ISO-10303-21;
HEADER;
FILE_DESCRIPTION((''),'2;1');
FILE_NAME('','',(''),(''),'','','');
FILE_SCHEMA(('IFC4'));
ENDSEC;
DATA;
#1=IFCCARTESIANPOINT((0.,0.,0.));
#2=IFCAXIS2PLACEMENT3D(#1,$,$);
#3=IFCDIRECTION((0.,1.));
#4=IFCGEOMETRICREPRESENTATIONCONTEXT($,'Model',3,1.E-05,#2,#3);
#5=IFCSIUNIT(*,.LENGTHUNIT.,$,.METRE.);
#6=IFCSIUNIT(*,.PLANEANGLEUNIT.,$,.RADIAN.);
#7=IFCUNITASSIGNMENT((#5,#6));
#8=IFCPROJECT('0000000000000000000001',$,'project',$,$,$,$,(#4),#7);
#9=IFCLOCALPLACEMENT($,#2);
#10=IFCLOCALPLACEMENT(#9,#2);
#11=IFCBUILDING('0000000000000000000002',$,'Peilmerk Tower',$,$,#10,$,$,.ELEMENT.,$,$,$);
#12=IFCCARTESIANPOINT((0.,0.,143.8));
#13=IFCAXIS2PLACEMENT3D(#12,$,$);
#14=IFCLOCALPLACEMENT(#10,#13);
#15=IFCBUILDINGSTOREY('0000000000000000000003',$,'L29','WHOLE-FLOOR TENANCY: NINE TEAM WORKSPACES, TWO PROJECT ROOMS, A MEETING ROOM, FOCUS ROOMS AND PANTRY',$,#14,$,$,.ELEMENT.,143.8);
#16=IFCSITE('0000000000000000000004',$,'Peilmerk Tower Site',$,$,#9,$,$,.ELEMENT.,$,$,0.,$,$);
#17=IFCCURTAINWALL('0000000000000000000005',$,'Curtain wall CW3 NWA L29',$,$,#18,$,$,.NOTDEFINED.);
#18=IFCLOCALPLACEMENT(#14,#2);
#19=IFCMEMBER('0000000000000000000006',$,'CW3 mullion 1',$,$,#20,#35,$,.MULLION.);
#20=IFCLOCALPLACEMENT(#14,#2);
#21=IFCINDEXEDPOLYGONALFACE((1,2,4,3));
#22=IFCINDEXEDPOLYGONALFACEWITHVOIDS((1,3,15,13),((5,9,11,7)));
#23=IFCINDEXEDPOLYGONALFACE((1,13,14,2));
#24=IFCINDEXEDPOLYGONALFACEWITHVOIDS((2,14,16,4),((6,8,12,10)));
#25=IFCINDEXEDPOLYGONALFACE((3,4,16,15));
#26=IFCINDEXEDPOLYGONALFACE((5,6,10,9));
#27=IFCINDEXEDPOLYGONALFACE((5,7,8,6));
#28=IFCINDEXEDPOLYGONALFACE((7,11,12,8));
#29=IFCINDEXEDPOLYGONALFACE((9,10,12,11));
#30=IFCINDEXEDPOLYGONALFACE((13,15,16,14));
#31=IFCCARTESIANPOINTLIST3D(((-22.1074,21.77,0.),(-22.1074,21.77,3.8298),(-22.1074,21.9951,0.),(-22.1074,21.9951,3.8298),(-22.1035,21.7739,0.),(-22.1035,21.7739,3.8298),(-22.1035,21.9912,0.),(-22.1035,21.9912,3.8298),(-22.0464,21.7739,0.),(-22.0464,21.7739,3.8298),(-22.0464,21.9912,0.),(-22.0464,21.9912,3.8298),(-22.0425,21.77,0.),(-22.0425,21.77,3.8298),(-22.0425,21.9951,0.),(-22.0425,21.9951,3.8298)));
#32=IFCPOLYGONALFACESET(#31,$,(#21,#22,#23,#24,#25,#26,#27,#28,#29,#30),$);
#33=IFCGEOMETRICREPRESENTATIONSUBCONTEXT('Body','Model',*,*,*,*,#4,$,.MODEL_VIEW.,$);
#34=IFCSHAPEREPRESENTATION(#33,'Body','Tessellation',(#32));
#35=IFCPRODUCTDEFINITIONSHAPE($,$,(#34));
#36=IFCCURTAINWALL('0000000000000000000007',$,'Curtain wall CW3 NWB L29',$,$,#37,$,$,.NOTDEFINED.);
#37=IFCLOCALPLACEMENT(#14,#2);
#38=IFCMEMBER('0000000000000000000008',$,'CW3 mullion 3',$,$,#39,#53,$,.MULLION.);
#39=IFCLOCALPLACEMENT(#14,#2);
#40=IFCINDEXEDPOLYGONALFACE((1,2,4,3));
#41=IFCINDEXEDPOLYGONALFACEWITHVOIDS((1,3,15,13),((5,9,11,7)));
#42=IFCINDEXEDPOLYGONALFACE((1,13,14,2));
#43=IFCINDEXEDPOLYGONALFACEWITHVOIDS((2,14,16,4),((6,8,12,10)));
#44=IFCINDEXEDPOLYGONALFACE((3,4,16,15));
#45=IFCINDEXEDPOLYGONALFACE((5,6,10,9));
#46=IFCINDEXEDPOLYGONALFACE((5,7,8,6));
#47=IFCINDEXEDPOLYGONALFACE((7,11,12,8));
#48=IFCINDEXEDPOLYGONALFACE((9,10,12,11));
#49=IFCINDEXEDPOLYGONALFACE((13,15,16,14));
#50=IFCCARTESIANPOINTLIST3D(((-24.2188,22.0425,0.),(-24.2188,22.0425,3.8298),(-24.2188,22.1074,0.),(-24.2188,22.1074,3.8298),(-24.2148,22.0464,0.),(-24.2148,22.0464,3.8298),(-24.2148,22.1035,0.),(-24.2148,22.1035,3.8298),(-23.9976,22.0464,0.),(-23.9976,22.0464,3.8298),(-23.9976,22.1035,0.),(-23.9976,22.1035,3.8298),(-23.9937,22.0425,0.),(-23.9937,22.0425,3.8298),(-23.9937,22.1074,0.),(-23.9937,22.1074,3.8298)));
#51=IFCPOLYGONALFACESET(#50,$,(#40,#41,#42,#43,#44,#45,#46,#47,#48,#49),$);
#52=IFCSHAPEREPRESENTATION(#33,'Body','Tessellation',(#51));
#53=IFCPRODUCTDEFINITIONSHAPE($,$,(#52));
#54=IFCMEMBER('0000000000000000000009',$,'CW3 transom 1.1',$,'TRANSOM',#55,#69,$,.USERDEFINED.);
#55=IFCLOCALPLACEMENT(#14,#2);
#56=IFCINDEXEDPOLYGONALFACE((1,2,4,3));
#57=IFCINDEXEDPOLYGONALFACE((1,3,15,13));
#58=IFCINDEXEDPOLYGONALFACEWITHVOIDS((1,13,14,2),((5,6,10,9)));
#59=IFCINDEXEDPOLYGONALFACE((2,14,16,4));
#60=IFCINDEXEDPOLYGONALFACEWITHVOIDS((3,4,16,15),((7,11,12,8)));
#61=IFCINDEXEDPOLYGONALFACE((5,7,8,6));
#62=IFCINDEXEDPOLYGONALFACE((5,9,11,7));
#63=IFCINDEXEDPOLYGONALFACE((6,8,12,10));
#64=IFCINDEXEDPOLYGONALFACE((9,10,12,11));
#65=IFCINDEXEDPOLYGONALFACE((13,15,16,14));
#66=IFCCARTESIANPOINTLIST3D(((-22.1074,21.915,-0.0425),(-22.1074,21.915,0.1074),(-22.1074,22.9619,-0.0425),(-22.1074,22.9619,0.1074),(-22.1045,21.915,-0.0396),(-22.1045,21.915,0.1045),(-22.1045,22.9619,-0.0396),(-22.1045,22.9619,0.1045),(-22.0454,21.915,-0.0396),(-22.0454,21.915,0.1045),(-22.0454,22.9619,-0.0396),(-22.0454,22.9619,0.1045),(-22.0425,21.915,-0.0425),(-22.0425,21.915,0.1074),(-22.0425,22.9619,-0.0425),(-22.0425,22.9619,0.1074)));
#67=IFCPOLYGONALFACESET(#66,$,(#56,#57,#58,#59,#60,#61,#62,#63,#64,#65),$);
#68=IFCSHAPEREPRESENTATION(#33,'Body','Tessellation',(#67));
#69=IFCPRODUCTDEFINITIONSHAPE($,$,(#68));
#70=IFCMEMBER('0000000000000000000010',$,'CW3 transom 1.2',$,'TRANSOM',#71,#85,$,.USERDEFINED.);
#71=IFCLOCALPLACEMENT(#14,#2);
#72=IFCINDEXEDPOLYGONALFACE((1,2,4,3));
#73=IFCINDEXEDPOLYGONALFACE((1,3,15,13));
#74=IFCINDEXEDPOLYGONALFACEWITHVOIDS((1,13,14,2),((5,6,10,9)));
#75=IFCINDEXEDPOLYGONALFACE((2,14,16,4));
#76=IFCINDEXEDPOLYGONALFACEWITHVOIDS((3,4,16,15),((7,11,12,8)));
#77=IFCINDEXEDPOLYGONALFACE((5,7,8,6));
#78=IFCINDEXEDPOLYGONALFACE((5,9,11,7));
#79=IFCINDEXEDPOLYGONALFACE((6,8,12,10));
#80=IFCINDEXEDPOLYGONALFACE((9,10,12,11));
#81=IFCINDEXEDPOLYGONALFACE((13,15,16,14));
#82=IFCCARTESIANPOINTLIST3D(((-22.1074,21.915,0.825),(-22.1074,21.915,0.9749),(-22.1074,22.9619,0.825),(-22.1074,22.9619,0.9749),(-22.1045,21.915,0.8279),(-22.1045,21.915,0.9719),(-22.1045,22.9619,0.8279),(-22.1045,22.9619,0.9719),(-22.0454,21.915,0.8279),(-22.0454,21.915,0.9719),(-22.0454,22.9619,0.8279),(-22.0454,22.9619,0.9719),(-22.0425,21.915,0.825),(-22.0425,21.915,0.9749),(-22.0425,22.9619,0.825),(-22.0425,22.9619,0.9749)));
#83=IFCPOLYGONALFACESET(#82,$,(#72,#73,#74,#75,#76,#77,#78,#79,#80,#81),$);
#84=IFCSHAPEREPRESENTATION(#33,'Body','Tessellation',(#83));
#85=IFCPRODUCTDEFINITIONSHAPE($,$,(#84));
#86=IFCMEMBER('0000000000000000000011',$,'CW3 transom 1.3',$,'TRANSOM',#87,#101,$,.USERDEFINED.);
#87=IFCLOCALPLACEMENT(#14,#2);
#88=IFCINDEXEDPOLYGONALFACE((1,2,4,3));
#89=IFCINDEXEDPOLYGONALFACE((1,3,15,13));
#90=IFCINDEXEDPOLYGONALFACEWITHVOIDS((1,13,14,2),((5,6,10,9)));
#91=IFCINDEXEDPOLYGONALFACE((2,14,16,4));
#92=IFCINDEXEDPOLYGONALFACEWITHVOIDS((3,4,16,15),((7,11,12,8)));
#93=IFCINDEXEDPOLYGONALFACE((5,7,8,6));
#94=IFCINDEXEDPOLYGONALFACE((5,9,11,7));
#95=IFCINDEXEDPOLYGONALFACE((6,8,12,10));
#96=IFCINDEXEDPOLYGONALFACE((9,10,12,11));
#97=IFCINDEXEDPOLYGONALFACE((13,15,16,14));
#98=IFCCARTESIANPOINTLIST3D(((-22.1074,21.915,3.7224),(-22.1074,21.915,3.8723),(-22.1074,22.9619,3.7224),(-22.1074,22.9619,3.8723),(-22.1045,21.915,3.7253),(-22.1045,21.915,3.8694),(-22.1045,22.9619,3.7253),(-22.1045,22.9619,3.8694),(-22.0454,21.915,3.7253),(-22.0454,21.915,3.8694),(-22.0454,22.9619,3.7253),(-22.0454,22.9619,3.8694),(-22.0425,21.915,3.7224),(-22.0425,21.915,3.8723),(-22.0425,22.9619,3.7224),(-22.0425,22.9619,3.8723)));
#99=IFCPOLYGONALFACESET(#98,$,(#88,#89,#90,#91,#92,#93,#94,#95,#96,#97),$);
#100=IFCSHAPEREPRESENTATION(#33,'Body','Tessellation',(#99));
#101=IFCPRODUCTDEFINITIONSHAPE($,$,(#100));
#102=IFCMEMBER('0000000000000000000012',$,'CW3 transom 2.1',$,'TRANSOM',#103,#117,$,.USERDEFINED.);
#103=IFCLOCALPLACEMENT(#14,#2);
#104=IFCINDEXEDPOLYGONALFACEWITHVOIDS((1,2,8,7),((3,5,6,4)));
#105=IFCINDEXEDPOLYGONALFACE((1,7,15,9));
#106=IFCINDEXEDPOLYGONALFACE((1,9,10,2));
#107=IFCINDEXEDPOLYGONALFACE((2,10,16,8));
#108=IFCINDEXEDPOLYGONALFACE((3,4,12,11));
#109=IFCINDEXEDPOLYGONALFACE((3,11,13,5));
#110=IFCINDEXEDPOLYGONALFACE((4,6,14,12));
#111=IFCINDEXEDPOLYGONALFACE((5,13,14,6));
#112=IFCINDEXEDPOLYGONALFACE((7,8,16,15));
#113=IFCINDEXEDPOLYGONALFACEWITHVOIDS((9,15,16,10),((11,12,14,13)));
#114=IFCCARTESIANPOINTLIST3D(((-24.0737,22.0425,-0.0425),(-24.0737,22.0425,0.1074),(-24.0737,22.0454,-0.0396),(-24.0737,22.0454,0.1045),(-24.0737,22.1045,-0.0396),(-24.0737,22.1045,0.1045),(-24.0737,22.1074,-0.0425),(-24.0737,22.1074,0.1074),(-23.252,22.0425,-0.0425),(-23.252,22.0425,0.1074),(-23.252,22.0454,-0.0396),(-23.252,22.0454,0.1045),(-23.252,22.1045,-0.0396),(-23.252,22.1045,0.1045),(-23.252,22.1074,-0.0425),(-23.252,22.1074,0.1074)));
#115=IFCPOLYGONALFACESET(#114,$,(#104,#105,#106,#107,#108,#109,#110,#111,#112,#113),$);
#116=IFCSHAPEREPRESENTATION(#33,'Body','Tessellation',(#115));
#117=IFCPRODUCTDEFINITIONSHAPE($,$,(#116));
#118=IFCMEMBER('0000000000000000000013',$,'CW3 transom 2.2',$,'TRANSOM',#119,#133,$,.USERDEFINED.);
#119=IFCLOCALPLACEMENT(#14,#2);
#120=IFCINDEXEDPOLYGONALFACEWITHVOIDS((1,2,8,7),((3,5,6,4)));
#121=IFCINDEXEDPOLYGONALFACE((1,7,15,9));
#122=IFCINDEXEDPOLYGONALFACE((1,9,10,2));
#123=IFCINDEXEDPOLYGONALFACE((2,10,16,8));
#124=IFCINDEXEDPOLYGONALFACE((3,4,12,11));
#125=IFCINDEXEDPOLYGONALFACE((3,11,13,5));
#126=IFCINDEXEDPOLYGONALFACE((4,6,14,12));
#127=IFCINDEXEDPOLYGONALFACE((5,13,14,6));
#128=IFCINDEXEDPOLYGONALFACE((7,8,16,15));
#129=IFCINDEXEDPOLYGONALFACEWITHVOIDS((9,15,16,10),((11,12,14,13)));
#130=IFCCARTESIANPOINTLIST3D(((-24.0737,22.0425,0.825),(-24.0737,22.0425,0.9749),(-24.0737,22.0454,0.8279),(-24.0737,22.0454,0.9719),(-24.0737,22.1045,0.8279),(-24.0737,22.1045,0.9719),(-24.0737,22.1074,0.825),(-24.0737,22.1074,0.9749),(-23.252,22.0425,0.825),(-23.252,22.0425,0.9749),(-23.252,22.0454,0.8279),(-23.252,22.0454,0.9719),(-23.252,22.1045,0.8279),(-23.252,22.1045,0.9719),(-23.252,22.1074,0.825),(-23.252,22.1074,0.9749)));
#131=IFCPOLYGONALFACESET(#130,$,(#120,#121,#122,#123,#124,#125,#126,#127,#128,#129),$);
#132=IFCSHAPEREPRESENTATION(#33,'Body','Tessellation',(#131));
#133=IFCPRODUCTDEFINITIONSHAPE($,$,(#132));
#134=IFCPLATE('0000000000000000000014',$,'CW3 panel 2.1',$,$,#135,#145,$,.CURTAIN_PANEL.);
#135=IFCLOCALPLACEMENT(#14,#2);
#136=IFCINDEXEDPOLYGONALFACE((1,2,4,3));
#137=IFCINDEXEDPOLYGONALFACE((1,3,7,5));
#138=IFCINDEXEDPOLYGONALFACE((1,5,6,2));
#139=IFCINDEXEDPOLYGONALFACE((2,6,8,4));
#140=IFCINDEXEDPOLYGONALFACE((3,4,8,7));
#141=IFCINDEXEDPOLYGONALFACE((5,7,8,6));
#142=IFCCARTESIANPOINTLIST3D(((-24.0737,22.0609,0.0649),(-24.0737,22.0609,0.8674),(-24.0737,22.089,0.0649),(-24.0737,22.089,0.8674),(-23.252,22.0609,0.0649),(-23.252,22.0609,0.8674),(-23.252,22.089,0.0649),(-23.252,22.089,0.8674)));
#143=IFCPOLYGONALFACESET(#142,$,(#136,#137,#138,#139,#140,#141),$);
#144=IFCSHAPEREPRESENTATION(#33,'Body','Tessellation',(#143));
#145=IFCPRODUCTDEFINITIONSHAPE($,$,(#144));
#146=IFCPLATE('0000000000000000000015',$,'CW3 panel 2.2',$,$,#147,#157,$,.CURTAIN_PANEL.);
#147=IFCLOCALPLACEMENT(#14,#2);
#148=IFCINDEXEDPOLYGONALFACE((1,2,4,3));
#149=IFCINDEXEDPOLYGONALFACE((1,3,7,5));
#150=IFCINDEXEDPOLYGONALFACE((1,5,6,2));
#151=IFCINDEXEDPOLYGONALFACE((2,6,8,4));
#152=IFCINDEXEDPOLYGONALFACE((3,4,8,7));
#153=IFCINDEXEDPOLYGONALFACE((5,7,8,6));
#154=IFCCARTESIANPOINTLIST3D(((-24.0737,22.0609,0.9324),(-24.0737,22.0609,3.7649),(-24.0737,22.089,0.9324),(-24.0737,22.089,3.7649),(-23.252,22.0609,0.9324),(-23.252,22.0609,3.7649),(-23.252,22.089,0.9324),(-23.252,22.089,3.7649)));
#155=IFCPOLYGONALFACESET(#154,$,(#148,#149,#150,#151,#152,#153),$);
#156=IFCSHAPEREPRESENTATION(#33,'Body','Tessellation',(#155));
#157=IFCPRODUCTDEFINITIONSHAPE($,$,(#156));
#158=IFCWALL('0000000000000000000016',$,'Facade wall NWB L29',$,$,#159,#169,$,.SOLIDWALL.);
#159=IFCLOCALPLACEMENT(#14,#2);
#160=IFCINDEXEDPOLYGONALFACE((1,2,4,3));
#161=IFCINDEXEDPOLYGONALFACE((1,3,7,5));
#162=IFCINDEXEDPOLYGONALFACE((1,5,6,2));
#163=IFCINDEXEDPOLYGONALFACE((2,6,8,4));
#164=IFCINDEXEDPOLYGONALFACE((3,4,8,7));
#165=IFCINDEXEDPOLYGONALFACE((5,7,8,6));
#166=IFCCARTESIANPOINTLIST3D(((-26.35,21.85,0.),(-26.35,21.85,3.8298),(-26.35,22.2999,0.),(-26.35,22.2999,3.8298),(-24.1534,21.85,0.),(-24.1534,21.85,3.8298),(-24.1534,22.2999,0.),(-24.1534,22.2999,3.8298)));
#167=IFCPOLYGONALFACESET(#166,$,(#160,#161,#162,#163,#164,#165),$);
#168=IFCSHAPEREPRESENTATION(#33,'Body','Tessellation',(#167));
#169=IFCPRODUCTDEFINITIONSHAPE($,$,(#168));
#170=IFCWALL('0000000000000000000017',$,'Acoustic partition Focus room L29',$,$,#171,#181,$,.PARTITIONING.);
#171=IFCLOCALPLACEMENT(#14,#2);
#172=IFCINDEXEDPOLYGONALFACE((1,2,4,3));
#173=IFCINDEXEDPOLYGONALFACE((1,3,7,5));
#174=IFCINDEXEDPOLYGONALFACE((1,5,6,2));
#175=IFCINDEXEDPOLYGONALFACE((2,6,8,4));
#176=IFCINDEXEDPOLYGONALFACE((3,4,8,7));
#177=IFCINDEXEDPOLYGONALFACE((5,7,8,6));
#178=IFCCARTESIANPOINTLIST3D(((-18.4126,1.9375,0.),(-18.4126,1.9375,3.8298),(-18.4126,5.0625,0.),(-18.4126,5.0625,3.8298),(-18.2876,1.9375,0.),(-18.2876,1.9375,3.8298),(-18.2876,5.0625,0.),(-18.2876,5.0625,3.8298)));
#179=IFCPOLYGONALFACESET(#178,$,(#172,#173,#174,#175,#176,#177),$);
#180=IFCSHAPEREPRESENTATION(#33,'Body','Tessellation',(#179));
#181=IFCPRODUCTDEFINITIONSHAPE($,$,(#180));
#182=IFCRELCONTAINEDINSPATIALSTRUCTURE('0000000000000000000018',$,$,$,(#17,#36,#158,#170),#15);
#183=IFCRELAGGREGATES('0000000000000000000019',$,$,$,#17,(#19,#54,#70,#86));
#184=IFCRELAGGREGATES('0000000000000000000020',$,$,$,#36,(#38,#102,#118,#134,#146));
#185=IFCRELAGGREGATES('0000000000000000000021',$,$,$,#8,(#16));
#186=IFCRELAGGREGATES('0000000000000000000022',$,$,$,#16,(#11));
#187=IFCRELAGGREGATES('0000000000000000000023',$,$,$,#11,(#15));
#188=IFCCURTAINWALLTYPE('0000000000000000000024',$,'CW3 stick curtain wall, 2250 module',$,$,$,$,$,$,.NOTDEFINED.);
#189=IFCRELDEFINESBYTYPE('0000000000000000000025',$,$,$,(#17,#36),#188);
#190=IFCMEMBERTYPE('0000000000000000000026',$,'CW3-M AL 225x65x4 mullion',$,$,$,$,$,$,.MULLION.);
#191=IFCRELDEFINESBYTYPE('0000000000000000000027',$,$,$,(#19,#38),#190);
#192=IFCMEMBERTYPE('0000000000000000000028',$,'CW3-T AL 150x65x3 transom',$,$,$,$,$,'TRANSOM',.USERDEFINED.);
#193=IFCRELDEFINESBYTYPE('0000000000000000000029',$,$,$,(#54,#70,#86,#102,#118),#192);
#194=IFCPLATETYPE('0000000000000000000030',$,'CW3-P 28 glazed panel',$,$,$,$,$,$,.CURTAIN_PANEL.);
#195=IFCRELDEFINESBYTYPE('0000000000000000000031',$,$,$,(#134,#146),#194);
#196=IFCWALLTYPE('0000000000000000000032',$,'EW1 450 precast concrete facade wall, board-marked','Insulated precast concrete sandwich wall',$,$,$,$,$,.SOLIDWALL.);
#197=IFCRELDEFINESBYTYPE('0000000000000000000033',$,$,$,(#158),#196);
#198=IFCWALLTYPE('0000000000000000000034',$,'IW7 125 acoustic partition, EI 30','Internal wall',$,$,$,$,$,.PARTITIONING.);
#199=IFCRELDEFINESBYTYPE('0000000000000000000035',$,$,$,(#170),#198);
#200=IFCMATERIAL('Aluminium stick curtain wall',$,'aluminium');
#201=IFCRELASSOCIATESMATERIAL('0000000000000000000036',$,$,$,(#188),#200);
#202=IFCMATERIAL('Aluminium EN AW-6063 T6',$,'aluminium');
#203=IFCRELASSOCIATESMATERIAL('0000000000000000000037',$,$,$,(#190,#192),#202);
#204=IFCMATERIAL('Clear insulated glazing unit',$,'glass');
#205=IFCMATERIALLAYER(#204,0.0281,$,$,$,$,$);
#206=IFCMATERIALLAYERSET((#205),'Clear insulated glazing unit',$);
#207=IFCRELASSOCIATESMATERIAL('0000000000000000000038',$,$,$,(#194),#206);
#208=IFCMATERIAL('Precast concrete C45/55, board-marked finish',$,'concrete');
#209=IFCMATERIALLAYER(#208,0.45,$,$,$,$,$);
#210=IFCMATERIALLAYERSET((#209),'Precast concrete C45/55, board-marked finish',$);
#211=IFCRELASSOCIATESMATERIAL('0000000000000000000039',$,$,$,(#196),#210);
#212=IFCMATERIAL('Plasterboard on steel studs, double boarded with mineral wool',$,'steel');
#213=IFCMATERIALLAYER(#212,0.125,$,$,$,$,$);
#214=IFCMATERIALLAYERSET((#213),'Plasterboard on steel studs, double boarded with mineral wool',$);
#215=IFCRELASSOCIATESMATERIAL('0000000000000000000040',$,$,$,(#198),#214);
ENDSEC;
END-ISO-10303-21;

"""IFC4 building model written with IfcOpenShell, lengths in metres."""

from ifc_helpers import new_model, si_unit, direction, frame, frame_2d, origin, origin_2d, place, context, subcontext, project, spatial, rectangle, hollow_rectangle, extrude, material, layer, layer_set, material_profile, profile_set, type_object, element, aggregate, save


model = new_model("IFC4")

# Units and contexts
model_context = context("Model", 3, precision=1e-05, world=origin(), true_north=direction((0.0, 1.0)))
body_context = subcontext(model_context, "Body", "Model", "MODEL_VIEW")
ifc_project = project(units=[si_unit("LENGTHUNIT", "METRE"), si_unit("PLANEANGLEUNIT", "RADIAN")], contexts=[model_context])

# Site, building, storey
site_placement = place(None, origin())
site = spatial("IfcSite", under=ifc_project, at=site_placement, Name="Peilmerk Tower Site", CompositionType="ELEMENT", RefElevation=0.0)
building_placement = place(site_placement, origin())
building = spatial("IfcBuilding", under=site, at=building_placement, Name="Peilmerk Tower", CompositionType="ELEMENT")
storey_placement = place(building_placement, frame((0.0, 0.0, 143.8)))
storey = spatial("IfcBuildingStorey", under=building, at=storey_placement, Name="L29", Description="WHOLE-FLOOR TENANCY: NINE TEAM WORKSPACES, TWO PROJECT ROOMS, A MEETING ROOM, FOCUS ROOMS AND PANTRY", CompositionType="ELEMENT", Elevation=143.8)

# Curtain walls, members
ifc_material_1 = material(Name="Aluminium stick curtain wall", Category="aluminium")
curtain_wall_type = type_object("IfcCurtainWallType", Name="CW3 stick curtain wall, 2250 module", PredefinedType="NOTDEFINED", material=ifc_material_1)
curtain_wall_1_placement = place(storey_placement, origin())
curtain_wall_1 = element("IfcCurtainWall", 1, at=curtain_wall_1_placement, inside=storey, type_object=curtain_wall_type, Name="Curtain wall CW3 NWA L29", PredefinedType="NOTDEFINED")
ifc_material_2 = material(Name="Aluminium EN AW-6063 T6", Category="aluminium")
ifc_material_profile_1 = material_profile(ifc_material_2, hollow_rectangle(XDim=0.0649, YDim=0.2251, WallThickness=0.0039, at=origin_2d()), Name="AL 225x65x4")
ifc_profile_set_1 = profile_set([ifc_material_profile_1], Name="Aluminium EN AW-6063 T6")
member_type_1 = type_object("IfcMemberType", Name="CW3-M AL 225x65x4 mullion", PredefinedType="MULLION", material=ifc_profile_set_1)
member_1_placement = place(storey_placement, frame((-22.075, 21.8826, 0.0), z_axis=(0.0, 0.0, 1.0), x_axis=(-1.0, 0.0, 0.0)))
member_1 = element("IfcMember", 2, at=member_1_placement, type_object=member_type_1, Name="CW3 mullion 1", PredefinedType="MULLION", context=body_context, shape_type="SweptSolid", body=[
    extrude(hollow_rectangle(XDim=0.0649, YDim=0.2251, WallThickness=0.0039, at=origin_2d()), origin(), (0.0, 0.0, 1.0), 3.8298),
])
curtain_wall_2_placement = place(storey_placement, origin())
curtain_wall_2 = element("IfcCurtainWall", 3, at=curtain_wall_2_placement, inside=storey, type_object=curtain_wall_type, Name="Curtain wall CW3 NWB L29", PredefinedType="NOTDEFINED")
member_2_placement = place(storey_placement, frame((-24.1062, 22.075, 0.0), z_axis=(0.0, 0.0, 1.0), x_axis=(0.0, -1.0, 0.0)))
member_2 = element("IfcMember", 4, at=member_2_placement, type_object=member_type_1, Name="CW3 mullion 3", PredefinedType="MULLION", context=body_context, shape_type="SweptSolid", body=[
    extrude(hollow_rectangle(XDim=0.0649, YDim=0.2251, WallThickness=0.0039, at=origin_2d()), origin(), (0.0, 0.0, 1.0), 3.8298),
])

# Members
ifc_material_profile_2 = material_profile(ifc_material_2, hollow_rectangle(XDim=0.0649, YDim=0.1499, WallThickness=0.0029, at=origin_2d()), Name="AL 150x65x3")
ifc_profile_set_2 = profile_set([ifc_material_profile_2], Name="Aluminium EN AW-6063 T6")
member_type_2 = type_object("IfcMemberType", Name="CW3-T AL 150x65x3 transom", ElementType="TRANSOM", PredefinedType="USERDEFINED", material=ifc_profile_set_2)
member_3_placement = place(storey_placement, frame((-22.075, 21.915, 0.0325), z_axis=(0.0, 1.0, 0.0), x_axis=(-1.0, 0.0, 0.0)))
member_3 = element("IfcMember", 5, at=member_3_placement, type_object=member_type_2, Name="CW3 transom 1.1", ObjectType="TRANSOM", PredefinedType="USERDEFINED", context=body_context, shape_type="SweptSolid", body=[
    extrude(hollow_rectangle(XDim=0.0649, YDim=0.1499, WallThickness=0.0029, at=origin_2d()), origin(), (0.0, 0.0, 1.0), 1.0469),
])
member_4_placement = place(storey_placement, frame((-22.075, 21.915, 0.8999), z_axis=(0.0, 1.0, 0.0), x_axis=(-1.0, 0.0, 0.0)))
member_4 = element("IfcMember", 6, at=member_4_placement, type_object=member_type_2, Name="CW3 transom 1.2", ObjectType="TRANSOM", PredefinedType="USERDEFINED", context=body_context, shape_type="SweptSolid", body=[
    extrude(hollow_rectangle(XDim=0.0649, YDim=0.1499, WallThickness=0.0029, at=origin_2d()), origin(), (0.0, 0.0, 1.0), 1.0469),
])
member_5_placement = place(storey_placement, frame((-22.075, 21.915, 3.7974), z_axis=(0.0, 1.0, 0.0), x_axis=(-1.0, 0.0, 0.0)))
member_5 = element("IfcMember", 7, at=member_5_placement, type_object=member_type_2, Name="CW3 transom 1.3", ObjectType="TRANSOM", PredefinedType="USERDEFINED", context=body_context, shape_type="SweptSolid", body=[
    extrude(hollow_rectangle(XDim=0.0649, YDim=0.1499, WallThickness=0.0029, at=origin_2d()), origin(), (0.0, 0.0, 1.0), 1.0469),
])
aggregate(curtain_wall_1, [member_1, member_3, member_4, member_5])
member_6_placement = place(storey_placement, frame((-23.252, 22.075, 0.0325), z_axis=(-1.0, 0.0, 0.0), x_axis=(0.0, -1.0, 0.0)))
member_6 = element("IfcMember", 8, at=member_6_placement, type_object=member_type_2, Name="CW3 transom 2.1", ObjectType="TRANSOM", PredefinedType="USERDEFINED", context=body_context, shape_type="SweptSolid", body=[
    extrude(hollow_rectangle(XDim=0.0649, YDim=0.1499, WallThickness=0.0029, at=origin_2d()), origin(), (0.0, 0.0, 1.0), 0.8218),
])
member_7_placement = place(storey_placement, frame((-23.252, 22.075, 0.8999), z_axis=(-1.0, 0.0, 0.0), x_axis=(0.0, -1.0, 0.0)))
member_7 = element("IfcMember", 9, at=member_7_placement, type_object=member_type_2, Name="CW3 transom 2.2", ObjectType="TRANSOM", PredefinedType="USERDEFINED", context=body_context, shape_type="SweptSolid", body=[
    extrude(hollow_rectangle(XDim=0.0649, YDim=0.1499, WallThickness=0.0029, at=origin_2d()), origin(), (0.0, 0.0, 1.0), 0.8218),
])

# Plates
ifc_material_3 = material(Name="Clear insulated glazing unit", Category="glass")
ifc_layer_1 = layer(ifc_material_3, 0.0281)
ifc_layer_set_1 = layer_set([ifc_layer_1], Name="Clear insulated glazing unit")
plate_type = type_object("IfcPlateType", Name="CW3-P 28 glazed panel", PredefinedType="CURTAIN_PANEL", material=ifc_layer_set_1)
plate_1_placement = place(storey_placement, frame((-23.6628, 22.075, 0.0649), z_axis=(0.0, 0.0, 1.0), x_axis=(-1.0, 0.0, 0.0)))
plate_1 = element("IfcPlate", 10, at=plate_1_placement, type_object=plate_type, Name="CW3 panel 2.1", PredefinedType="CURTAIN_PANEL", context=body_context, shape_type="SweptSolid", body=[
    extrude(rectangle(XDim=0.8218, YDim=0.0281, at=origin_2d()), origin(), (0.0, 0.0, 1.0), 0.8025),
])
plate_2_placement = place(storey_placement, frame((-23.6628, 22.075, 0.9324), z_axis=(0.0, 0.0, 1.0), x_axis=(-1.0, 0.0, 0.0)))
plate_2 = element("IfcPlate", 11, at=plate_2_placement, type_object=plate_type, Name="CW3 panel 2.2", PredefinedType="CURTAIN_PANEL", context=body_context, shape_type="SweptSolid", body=[
    extrude(rectangle(XDim=0.8218, YDim=0.0281, at=origin_2d()), origin(), (0.0, 0.0, 1.0), 2.8325),
])
aggregate(curtain_wall_2, [member_2, member_6, member_7, plate_1, plate_2])

# Walls
ifc_material_4 = material(Name="Precast concrete C45/55, board-marked finish", Category="concrete")
ifc_layer_2 = layer(ifc_material_4, 0.45)
ifc_layer_set_2 = layer_set([ifc_layer_2], Name="Precast concrete C45/55, board-marked finish")
wall_type_1 = type_object("IfcWallType", Name="EW1 450 precast concrete facade wall, board-marked", Description="Insulated precast concrete sandwich wall", PredefinedType="SOLIDWALL", material=ifc_layer_set_2)
wall_1_placement = place(storey_placement, frame((-24.1536, 22.075, 0.0), z_axis=(0.0, 0.0, 1.0), x_axis=(-1.0, 0.0, 0.0)))
element("IfcWall", 12, at=wall_1_placement, inside=storey, type_object=wall_type_1, Name="Facade wall NWB L29", PredefinedType="SOLIDWALL", context=body_context, shape_type="SweptSolid", body=[
    extrude(rectangle(XDim=2.1965, YDim=0.45, at=frame_2d((1.0981, 0.0))), origin(), (0.0, 0.0, 1.0), 3.8298),
])
ifc_material_5 = material(Name="Plasterboard on steel studs, double boarded with mineral wool", Category="steel")
ifc_layer_3 = layer(ifc_material_5, 0.125)
ifc_layer_set_3 = layer_set([ifc_layer_3], Name="Plasterboard on steel studs, double boarded with mineral wool")
wall_type_2 = type_object("IfcWallType", Name="IW7 125 acoustic partition, EI 30", Description="Internal wall", PredefinedType="PARTITIONING", material=ifc_layer_set_3)
wall_2_placement = place(storey_placement, frame((-18.3501, 1.9375, 0.0), z_axis=(0.0, 0.0, 1.0), x_axis=(0.0, 1.0, 0.0)))
element("IfcWall", 13, at=wall_2_placement, inside=storey, type_object=wall_type_2, Name="Acoustic partition Focus room L29", PredefinedType="PARTITIONING", context=body_context, shape_type="SweptSolid", body=[
    extrude(rectangle(XDim=3.125, YDim=0.125, at=frame_2d((1.5625, 0.0))), origin(), (0.0, 0.0, 1.0), 3.8298),
])

save(model, "model.ifc")
